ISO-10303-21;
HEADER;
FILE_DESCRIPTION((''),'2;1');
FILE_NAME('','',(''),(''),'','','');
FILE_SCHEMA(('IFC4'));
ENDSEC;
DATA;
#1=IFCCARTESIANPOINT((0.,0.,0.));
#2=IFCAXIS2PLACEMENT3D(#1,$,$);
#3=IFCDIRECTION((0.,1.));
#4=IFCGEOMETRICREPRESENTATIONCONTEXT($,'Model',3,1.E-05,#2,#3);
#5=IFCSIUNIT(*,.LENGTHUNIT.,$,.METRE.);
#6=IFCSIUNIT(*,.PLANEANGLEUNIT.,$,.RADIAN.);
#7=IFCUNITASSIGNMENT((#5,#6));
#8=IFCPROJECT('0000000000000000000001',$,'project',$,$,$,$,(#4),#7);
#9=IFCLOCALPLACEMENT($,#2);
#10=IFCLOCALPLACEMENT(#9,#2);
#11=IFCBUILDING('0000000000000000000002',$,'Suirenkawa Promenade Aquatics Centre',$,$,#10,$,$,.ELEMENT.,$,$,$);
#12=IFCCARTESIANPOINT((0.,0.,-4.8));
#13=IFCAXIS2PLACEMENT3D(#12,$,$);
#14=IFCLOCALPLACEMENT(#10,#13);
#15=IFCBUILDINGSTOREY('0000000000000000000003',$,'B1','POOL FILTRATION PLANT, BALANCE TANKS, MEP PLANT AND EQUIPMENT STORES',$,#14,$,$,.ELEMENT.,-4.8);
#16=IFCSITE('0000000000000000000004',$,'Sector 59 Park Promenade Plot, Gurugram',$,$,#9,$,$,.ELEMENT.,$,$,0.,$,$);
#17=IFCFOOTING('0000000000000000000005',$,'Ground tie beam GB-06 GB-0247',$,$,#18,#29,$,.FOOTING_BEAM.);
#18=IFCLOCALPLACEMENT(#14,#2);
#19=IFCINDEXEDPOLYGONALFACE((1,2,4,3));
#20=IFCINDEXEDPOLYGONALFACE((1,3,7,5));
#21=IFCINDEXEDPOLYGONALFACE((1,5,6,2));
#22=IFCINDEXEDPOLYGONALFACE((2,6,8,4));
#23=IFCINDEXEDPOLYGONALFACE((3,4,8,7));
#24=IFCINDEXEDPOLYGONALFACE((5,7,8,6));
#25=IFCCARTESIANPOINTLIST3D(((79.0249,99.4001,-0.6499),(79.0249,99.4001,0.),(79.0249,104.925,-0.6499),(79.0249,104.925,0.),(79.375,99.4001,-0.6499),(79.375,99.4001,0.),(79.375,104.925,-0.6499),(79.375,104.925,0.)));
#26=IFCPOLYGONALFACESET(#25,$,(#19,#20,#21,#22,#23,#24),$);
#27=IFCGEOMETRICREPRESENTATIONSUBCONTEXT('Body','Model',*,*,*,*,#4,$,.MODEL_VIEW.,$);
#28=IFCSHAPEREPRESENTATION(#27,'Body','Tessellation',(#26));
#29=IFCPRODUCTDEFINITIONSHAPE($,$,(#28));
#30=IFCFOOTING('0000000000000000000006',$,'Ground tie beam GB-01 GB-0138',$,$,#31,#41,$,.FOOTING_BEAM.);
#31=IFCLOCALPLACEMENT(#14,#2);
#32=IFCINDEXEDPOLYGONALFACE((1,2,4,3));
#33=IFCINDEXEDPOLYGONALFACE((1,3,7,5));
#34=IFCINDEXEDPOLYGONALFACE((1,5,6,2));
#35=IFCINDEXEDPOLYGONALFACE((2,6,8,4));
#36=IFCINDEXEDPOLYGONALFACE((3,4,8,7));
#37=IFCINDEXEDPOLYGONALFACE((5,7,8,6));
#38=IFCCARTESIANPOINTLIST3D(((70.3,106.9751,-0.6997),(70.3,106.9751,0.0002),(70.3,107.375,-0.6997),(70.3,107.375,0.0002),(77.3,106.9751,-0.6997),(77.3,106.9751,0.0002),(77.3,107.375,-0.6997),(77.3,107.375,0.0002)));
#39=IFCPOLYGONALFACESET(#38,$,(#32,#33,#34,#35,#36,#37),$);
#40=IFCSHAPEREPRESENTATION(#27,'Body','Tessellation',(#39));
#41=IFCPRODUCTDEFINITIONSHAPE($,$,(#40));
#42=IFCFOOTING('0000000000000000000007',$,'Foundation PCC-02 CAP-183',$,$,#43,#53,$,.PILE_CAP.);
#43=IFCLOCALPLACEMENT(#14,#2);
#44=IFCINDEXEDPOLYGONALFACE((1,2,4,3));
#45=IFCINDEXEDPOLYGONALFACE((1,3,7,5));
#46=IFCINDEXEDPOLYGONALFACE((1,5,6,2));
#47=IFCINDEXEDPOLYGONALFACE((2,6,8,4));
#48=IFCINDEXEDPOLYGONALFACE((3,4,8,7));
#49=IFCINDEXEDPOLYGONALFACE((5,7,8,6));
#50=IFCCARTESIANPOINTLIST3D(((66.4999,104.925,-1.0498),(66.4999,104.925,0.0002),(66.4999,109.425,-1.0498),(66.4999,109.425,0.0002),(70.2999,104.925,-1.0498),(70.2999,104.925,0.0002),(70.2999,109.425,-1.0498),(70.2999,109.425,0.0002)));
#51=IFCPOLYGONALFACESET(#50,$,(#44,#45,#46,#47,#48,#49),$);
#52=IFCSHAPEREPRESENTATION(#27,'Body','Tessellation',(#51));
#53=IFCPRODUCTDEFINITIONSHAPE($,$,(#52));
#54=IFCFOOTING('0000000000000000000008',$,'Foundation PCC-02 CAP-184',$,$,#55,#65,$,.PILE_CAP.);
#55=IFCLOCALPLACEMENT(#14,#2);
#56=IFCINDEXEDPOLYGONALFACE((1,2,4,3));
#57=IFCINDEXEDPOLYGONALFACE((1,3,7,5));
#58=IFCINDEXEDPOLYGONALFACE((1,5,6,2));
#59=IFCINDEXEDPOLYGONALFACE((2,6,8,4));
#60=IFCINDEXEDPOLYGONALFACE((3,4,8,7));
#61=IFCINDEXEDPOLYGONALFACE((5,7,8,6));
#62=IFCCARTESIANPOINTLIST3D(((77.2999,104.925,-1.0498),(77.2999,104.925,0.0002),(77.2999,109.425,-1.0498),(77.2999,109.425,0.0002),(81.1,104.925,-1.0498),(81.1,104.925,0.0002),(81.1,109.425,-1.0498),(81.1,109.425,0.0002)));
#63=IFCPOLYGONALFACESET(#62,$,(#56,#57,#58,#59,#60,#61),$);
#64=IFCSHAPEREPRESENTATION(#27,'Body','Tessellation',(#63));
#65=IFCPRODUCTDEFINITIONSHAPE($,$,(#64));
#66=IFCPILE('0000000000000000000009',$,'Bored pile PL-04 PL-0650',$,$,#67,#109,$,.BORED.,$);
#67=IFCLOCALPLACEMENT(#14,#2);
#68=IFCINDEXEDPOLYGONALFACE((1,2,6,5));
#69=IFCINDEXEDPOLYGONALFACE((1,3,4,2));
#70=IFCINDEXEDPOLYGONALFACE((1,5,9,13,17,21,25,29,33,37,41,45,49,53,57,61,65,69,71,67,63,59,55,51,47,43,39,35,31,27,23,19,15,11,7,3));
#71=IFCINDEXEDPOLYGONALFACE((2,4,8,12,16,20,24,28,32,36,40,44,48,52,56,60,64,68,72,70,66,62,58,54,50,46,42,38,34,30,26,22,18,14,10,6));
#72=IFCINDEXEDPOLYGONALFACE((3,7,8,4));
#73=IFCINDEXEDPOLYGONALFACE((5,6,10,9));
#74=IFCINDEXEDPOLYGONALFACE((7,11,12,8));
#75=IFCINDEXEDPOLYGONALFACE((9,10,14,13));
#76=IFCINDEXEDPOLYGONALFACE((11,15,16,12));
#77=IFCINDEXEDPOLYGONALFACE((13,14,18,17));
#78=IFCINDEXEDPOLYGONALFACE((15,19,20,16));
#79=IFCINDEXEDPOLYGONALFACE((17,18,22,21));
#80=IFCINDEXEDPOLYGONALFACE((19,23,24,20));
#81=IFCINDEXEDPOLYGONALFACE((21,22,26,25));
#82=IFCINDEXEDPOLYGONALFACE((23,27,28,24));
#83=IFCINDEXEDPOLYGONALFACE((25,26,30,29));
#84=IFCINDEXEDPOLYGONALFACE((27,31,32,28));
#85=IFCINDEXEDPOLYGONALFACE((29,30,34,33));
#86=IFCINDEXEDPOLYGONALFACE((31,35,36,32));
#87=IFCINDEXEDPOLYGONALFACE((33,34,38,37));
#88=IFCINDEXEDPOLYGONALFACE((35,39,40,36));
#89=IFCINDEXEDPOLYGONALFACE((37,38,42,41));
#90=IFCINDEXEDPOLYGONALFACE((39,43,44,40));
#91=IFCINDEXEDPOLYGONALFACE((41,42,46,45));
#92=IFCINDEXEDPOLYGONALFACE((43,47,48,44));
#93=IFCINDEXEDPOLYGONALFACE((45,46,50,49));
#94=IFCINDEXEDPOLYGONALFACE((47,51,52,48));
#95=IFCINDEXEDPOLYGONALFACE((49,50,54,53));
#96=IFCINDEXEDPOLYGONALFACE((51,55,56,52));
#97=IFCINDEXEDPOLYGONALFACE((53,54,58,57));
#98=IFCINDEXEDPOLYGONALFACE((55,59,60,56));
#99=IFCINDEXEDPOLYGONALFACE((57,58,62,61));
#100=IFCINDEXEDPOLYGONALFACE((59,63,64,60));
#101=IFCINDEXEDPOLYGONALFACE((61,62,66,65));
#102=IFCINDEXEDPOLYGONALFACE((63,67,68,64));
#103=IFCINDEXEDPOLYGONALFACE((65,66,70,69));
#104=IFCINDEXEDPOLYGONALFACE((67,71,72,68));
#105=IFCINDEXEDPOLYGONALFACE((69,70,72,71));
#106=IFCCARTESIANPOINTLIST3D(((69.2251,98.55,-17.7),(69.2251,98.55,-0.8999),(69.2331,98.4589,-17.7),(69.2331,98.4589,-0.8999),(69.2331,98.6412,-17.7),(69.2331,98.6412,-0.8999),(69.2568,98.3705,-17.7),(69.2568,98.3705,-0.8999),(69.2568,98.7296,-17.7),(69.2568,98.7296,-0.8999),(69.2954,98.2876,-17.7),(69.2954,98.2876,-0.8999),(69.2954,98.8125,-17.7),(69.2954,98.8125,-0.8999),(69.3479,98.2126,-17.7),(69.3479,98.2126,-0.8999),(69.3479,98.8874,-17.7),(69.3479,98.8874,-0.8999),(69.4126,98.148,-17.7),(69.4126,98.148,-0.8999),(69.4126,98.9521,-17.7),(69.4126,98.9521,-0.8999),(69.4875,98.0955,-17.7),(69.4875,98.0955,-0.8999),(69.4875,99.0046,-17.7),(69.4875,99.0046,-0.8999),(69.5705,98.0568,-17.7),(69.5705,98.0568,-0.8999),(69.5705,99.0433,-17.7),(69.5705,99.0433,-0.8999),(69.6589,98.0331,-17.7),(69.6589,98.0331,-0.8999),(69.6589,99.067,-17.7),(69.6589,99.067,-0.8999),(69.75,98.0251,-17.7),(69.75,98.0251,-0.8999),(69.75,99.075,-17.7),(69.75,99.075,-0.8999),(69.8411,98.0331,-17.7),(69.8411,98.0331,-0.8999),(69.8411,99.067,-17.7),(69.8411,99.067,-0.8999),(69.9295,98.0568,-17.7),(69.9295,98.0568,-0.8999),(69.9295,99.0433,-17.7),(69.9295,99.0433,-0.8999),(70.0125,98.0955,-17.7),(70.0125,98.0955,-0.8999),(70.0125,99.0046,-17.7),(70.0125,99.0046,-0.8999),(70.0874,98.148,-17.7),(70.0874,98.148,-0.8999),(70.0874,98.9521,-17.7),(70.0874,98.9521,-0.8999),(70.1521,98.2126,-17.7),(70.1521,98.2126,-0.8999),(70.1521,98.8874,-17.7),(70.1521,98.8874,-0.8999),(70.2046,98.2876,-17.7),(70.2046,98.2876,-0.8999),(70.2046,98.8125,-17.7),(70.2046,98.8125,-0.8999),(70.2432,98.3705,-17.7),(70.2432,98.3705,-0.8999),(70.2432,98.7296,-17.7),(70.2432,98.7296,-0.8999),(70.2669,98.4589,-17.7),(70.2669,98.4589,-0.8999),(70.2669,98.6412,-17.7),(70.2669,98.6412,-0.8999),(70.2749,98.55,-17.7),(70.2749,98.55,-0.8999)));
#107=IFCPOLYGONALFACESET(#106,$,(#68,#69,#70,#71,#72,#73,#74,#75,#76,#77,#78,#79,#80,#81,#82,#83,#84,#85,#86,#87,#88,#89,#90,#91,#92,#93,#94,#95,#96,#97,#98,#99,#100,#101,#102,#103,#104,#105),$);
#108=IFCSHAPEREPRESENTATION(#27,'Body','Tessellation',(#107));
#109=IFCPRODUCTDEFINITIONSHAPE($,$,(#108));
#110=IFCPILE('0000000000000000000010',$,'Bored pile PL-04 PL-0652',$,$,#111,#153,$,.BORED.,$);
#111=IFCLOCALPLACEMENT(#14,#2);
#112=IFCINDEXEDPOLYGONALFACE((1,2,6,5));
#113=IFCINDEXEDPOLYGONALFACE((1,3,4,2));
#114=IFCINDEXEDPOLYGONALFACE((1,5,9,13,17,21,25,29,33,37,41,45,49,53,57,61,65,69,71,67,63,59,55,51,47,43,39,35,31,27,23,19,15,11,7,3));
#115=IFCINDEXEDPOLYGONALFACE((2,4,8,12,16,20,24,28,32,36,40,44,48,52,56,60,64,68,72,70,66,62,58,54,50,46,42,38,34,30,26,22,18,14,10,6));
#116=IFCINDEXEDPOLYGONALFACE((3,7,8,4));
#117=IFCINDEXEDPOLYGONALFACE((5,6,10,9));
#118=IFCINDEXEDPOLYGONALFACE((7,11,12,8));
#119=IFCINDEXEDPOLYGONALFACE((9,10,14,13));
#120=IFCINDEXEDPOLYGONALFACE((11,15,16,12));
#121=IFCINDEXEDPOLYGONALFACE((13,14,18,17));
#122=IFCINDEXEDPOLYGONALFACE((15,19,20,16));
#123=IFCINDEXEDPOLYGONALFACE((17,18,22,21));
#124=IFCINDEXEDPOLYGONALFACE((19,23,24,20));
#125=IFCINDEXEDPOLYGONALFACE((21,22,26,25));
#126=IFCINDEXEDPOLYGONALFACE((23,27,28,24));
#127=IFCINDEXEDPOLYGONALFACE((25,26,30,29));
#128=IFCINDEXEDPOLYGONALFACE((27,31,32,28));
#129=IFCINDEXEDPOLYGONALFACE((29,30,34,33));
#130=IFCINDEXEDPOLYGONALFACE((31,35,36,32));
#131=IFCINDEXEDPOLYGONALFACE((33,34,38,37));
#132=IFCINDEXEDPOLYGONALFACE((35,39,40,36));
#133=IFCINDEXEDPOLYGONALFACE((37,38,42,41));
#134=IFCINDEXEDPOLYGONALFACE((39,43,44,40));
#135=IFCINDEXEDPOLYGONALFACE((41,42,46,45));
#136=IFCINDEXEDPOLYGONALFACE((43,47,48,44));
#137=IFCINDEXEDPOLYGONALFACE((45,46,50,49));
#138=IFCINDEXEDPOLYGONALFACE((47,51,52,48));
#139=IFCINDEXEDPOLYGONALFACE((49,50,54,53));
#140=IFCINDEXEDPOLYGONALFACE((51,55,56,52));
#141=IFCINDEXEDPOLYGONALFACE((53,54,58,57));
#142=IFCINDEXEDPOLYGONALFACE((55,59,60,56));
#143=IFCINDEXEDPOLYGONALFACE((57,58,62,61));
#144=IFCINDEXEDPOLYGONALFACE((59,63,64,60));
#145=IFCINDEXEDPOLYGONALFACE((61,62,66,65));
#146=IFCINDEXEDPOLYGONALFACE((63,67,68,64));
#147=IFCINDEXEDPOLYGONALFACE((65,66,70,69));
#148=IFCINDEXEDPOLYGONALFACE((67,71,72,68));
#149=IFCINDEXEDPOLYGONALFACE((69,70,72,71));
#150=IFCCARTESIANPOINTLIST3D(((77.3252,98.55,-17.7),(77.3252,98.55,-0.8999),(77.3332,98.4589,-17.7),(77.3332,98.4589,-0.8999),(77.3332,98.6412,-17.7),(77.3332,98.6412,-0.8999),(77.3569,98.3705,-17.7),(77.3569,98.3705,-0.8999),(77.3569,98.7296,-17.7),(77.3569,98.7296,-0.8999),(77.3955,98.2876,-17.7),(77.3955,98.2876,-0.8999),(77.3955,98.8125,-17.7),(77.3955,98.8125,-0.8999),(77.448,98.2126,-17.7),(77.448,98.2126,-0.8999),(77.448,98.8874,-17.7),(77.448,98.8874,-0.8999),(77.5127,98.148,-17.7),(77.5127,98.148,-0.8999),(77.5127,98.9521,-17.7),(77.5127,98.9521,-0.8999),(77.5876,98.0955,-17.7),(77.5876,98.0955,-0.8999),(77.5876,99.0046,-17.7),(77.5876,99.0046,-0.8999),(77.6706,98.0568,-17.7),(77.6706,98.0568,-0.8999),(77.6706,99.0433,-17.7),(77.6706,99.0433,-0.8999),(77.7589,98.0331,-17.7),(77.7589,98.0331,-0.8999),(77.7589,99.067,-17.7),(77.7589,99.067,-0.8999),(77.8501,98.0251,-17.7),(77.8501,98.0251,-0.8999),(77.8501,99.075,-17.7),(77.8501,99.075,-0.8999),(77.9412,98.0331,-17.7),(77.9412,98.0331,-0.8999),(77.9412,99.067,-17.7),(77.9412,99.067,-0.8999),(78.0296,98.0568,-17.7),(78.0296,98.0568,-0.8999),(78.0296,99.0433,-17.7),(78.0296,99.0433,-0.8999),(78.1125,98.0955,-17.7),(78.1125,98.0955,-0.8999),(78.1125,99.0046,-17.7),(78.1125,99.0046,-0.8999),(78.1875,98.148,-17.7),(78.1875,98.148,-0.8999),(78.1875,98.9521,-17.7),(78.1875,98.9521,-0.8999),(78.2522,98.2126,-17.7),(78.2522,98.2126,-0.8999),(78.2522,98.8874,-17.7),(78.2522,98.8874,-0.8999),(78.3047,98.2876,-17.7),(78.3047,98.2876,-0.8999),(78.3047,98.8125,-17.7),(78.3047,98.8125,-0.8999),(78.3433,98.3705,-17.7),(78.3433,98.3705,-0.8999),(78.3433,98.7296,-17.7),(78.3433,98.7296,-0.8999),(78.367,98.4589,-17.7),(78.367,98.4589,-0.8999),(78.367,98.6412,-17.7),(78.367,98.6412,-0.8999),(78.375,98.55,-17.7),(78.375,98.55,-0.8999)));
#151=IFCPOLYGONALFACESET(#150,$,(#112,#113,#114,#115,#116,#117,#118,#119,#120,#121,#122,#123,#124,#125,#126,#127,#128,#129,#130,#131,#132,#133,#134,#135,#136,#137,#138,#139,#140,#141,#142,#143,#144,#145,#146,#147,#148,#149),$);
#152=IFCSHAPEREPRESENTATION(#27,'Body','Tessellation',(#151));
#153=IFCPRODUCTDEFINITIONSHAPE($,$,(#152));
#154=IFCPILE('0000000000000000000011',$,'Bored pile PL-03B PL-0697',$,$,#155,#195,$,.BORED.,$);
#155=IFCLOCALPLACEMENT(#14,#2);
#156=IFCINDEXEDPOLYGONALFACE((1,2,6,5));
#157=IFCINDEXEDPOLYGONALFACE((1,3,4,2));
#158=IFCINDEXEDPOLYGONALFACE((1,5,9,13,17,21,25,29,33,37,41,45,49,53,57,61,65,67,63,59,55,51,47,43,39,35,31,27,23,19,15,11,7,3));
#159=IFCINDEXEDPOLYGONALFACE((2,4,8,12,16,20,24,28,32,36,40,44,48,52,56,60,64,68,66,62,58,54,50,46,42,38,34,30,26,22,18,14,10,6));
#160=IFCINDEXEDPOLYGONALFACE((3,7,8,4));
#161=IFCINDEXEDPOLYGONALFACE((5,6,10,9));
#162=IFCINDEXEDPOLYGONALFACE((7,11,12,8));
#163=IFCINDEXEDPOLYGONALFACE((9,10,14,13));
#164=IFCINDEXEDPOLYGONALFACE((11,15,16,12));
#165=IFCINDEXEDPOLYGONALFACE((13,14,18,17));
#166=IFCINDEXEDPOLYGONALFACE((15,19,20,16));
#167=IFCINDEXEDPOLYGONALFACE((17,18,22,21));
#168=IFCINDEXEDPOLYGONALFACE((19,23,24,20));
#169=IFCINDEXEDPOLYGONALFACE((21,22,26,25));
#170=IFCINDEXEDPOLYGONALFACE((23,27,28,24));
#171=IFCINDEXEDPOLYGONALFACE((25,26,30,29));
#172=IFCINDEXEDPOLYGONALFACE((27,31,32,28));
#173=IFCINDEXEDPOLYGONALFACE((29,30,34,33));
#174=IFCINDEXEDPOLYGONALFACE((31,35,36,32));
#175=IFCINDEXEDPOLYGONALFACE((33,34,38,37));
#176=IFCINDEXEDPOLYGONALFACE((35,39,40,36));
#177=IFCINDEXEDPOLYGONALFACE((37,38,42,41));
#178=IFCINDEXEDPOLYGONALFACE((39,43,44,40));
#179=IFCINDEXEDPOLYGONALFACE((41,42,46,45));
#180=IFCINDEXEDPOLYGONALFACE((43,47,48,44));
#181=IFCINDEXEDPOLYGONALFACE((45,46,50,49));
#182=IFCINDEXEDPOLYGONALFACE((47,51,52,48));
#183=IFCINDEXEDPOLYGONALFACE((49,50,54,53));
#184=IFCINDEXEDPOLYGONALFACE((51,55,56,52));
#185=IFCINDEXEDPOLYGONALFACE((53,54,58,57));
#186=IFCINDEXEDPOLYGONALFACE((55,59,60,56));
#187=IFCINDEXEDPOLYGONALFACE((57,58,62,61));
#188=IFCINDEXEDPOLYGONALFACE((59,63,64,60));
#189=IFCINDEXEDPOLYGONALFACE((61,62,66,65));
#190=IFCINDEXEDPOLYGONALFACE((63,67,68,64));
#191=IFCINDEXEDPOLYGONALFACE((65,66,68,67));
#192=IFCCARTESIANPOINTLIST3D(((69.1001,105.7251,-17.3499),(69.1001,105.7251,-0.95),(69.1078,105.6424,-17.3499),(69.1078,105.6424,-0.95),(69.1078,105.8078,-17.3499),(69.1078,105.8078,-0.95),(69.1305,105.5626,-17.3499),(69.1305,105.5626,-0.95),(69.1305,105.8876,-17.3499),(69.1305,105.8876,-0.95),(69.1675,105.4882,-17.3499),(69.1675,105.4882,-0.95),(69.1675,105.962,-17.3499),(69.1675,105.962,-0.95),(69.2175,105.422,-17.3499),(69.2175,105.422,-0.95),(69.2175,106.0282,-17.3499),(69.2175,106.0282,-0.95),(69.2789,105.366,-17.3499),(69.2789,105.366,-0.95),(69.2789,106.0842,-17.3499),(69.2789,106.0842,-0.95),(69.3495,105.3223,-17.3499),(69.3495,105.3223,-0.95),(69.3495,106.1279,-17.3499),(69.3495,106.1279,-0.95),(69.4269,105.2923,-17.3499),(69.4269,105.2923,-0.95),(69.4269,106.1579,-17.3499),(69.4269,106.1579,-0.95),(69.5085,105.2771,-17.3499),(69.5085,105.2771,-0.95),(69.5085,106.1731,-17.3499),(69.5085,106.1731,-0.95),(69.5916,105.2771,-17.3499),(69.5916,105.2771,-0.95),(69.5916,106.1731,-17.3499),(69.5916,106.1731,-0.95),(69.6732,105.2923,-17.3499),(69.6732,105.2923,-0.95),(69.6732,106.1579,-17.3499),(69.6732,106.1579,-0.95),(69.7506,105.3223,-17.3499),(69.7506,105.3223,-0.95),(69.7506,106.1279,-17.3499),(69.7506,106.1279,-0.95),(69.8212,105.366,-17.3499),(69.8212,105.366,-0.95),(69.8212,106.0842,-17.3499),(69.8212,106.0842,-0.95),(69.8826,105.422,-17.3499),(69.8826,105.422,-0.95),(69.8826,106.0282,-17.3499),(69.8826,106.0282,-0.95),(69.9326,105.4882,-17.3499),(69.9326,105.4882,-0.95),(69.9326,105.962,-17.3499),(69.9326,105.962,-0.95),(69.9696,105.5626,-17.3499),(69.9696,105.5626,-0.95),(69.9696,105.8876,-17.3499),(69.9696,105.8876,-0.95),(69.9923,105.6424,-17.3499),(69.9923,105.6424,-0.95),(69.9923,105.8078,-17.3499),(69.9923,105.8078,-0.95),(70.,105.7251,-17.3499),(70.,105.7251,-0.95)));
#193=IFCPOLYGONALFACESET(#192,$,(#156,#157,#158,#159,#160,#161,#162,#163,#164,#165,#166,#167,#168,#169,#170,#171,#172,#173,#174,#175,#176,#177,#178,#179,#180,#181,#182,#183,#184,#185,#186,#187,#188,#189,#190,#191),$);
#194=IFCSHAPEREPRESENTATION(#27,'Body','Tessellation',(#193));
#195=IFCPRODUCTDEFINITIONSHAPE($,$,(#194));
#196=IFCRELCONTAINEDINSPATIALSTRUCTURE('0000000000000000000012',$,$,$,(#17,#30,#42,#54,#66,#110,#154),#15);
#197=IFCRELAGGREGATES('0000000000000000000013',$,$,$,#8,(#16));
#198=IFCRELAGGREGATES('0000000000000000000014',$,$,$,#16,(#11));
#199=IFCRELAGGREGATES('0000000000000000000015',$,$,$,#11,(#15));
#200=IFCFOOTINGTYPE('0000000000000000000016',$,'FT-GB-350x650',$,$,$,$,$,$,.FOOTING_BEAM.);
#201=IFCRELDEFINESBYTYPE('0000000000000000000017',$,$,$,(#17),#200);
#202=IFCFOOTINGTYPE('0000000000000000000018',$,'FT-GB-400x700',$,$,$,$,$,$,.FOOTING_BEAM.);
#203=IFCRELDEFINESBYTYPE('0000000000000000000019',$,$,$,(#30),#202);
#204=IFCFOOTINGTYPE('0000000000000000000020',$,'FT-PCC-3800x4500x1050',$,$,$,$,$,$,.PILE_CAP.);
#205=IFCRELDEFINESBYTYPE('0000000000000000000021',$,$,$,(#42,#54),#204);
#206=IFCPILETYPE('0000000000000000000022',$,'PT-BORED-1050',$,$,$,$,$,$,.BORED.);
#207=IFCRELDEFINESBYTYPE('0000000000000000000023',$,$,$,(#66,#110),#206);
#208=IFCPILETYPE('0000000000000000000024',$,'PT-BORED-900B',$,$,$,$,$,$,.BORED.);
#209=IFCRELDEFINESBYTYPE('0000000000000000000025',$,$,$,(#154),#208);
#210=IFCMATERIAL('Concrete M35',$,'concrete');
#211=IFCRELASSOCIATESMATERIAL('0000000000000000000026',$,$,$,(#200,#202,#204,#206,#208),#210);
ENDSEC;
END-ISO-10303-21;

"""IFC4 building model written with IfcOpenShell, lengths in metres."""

from ifc_helpers import new_model, si_unit, direction, frame, origin, origin_2d, place, context, subcontext, project, spatial, rectangle, circle, extrude, material, material_profile, profile_set, type_object, element, save


model = new_model("IFC4")

# Units and contexts
model_context = context("Model", 3, precision=1e-05, world=origin(), true_north=direction((0.0, 1.0)))
body_context = subcontext(model_context, "Body", "Model", "MODEL_VIEW")
ifc_project = project(units=[si_unit("LENGTHUNIT", "METRE"), si_unit("PLANEANGLEUNIT", "RADIAN")], contexts=[model_context])

# Site, building, storey
site_placement = place(None, origin())
site = spatial("IfcSite", under=ifc_project, at=site_placement, Name="Sector 59 Park Promenade Plot, Gurugram", CompositionType="ELEMENT", RefElevation=0.0)
building_placement = place(site_placement, origin())
building = spatial("IfcBuilding", under=site, at=building_placement, Name="Suirenkawa Promenade Aquatics Centre", CompositionType="ELEMENT")
storey_placement = place(building_placement, frame((0.0, 0.0, -4.8)))
storey = spatial("IfcBuildingStorey", under=building, at=storey_placement, Name="B1", Description="POOL FILTRATION PLANT, BALANCE TANKS, MEP PLANT AND EQUIPMENT STORES", CompositionType="ELEMENT", Elevation=-4.8)

# Footings
ifc_material_1 = material(Name="Concrete M35", Category="concrete")
footing_type_1 = type_object("IfcFootingType", Name="FT-GB-350x650", PredefinedType="FOOTING_BEAM", material=ifc_material_1)
footing_1_placement = place(storey_placement, frame((79.2, 102.1626, -0.6499), z_axis=(0.0, 0.0, 1.0), x_axis=(0.0, 1.0, 0.0)))
element("IfcFooting", 1, at=footing_1_placement, inside=storey, type_object=footing_type_1, Name="Ground tie beam GB-06 GB-0247", PredefinedType="FOOTING_BEAM", context=body_context, shape_type="SweptSolid", body=[
    extrude(rectangle(XDim=5.5249, YDim=0.3501, at=origin_2d()), origin(), (0.0, 0.0, 1.0), 0.6499),
])
footing_type_2 = type_object("IfcFootingType", Name="FT-GB-400x700", PredefinedType="FOOTING_BEAM", material=ifc_material_1)
footing_2_placement = place(storey_placement, frame((73.8, 107.175, -0.6997), z_axis=(0.0, 0.0, 1.0), x_axis=(1.0, 0.0, 0.0)))
element("IfcFooting", 2, at=footing_2_placement, inside=storey, type_object=footing_type_2, Name="Ground tie beam GB-01 GB-0138", PredefinedType="FOOTING_BEAM", context=body_context, shape_type="SweptSolid", body=[
    extrude(rectangle(XDim=7.0, YDim=0.3999, at=origin_2d()), origin(), (0.0, 0.0, 1.0), 0.7),
])
footing_type_3 = type_object("IfcFootingType", Name="FT-PCC-3800x4500x1050", PredefinedType="PILE_CAP", material=ifc_material_1)
for number, where, z_axis, x_axis, name in (
    (3, (68.3999, 107.175, -1.0498), (0.0, 0.0, 1.0), (1.0, 0.0, 0.0), "Foundation PCC-02 CAP-183"),
    (4, (79.2, 107.175, -1.0498), (0.0, 0.0, 1.0), (1.0, 0.0, 0.0), "Foundation PCC-02 CAP-184"),
):
    element("IfcFooting", number, at=place(storey_placement, frame(where, z_axis=z_axis, x_axis=x_axis)), inside=storey, type_object=footing_type_3, Name=name, PredefinedType="PILE_CAP", context=body_context, shape_type="SweptSolid", body=[
        extrude(rectangle(XDim=3.8, YDim=4.5, at=origin_2d()), origin(), (0.0, 0.0, 1.0), 1.05),
    ])

# Piles
ifc_material_profile_1 = material_profile(ifc_material_1, circle(Radius=0.5249, at=origin_2d()), Name="PILE D1050", Category="concrete")
ifc_profile_set_1 = profile_set([ifc_material_profile_1], Name="Concrete M35")
pile_type_1 = type_object("IfcPileType", Name="PT-BORED-1050", PredefinedType="BORED", material=ifc_profile_set_1)
for number, where, z_axis, x_axis, name in (
    (5, (69.75, 98.55, -0.8999), (0.0, 0.0, -1.0), (1.0, 0.0, 0.0), "Bored pile PL-04 PL-0650"),
    (6, (77.8501, 98.55, -0.8999), (0.0, 0.0, -1.0), (1.0, 0.0, 0.0), "Bored pile PL-04 PL-0652"),
):
    element("IfcPile", number, at=place(storey_placement, frame(where, z_axis=z_axis, x_axis=x_axis)), inside=storey, type_object=pile_type_1, Name=name, PredefinedType="BORED", context=body_context, shape_type="SweptSolid", body=[
        extrude(circle(Radius=0.5249, at=origin_2d()), origin(), (0.0, 0.0, 1.0), 16.8),
    ])
ifc_material_profile_2 = material_profile(ifc_material_1, circle(Radius=0.45, at=origin_2d()), Name="PILE D900", Category="concrete")
ifc_profile_set_2 = profile_set([ifc_material_profile_2], Name="Concrete M35")
pile_type_2 = type_object("IfcPileType", Name="PT-BORED-900B", PredefinedType="BORED", material=ifc_profile_set_2)
for number, where, z_axis, x_axis, name in (
    (7, (69.55, 105.7251, -0.95), (0.0, 0.0, -1.0), (1.0, 0.0, 0.0), "Bored pile PL-03B PL-0697"),
):
    element("IfcPile", number, at=place(storey_placement, frame(where, z_axis=z_axis, x_axis=x_axis)), inside=storey, type_object=pile_type_2, Name=name, PredefinedType="BORED", context=body_context, shape_type="SweptSolid", body=[
        extrude(circle(Radius=0.45, at=origin_2d()), origin(), (0.0, 0.0, 1.0), 16.3999),
    ])

save(model, "model.ifc")
